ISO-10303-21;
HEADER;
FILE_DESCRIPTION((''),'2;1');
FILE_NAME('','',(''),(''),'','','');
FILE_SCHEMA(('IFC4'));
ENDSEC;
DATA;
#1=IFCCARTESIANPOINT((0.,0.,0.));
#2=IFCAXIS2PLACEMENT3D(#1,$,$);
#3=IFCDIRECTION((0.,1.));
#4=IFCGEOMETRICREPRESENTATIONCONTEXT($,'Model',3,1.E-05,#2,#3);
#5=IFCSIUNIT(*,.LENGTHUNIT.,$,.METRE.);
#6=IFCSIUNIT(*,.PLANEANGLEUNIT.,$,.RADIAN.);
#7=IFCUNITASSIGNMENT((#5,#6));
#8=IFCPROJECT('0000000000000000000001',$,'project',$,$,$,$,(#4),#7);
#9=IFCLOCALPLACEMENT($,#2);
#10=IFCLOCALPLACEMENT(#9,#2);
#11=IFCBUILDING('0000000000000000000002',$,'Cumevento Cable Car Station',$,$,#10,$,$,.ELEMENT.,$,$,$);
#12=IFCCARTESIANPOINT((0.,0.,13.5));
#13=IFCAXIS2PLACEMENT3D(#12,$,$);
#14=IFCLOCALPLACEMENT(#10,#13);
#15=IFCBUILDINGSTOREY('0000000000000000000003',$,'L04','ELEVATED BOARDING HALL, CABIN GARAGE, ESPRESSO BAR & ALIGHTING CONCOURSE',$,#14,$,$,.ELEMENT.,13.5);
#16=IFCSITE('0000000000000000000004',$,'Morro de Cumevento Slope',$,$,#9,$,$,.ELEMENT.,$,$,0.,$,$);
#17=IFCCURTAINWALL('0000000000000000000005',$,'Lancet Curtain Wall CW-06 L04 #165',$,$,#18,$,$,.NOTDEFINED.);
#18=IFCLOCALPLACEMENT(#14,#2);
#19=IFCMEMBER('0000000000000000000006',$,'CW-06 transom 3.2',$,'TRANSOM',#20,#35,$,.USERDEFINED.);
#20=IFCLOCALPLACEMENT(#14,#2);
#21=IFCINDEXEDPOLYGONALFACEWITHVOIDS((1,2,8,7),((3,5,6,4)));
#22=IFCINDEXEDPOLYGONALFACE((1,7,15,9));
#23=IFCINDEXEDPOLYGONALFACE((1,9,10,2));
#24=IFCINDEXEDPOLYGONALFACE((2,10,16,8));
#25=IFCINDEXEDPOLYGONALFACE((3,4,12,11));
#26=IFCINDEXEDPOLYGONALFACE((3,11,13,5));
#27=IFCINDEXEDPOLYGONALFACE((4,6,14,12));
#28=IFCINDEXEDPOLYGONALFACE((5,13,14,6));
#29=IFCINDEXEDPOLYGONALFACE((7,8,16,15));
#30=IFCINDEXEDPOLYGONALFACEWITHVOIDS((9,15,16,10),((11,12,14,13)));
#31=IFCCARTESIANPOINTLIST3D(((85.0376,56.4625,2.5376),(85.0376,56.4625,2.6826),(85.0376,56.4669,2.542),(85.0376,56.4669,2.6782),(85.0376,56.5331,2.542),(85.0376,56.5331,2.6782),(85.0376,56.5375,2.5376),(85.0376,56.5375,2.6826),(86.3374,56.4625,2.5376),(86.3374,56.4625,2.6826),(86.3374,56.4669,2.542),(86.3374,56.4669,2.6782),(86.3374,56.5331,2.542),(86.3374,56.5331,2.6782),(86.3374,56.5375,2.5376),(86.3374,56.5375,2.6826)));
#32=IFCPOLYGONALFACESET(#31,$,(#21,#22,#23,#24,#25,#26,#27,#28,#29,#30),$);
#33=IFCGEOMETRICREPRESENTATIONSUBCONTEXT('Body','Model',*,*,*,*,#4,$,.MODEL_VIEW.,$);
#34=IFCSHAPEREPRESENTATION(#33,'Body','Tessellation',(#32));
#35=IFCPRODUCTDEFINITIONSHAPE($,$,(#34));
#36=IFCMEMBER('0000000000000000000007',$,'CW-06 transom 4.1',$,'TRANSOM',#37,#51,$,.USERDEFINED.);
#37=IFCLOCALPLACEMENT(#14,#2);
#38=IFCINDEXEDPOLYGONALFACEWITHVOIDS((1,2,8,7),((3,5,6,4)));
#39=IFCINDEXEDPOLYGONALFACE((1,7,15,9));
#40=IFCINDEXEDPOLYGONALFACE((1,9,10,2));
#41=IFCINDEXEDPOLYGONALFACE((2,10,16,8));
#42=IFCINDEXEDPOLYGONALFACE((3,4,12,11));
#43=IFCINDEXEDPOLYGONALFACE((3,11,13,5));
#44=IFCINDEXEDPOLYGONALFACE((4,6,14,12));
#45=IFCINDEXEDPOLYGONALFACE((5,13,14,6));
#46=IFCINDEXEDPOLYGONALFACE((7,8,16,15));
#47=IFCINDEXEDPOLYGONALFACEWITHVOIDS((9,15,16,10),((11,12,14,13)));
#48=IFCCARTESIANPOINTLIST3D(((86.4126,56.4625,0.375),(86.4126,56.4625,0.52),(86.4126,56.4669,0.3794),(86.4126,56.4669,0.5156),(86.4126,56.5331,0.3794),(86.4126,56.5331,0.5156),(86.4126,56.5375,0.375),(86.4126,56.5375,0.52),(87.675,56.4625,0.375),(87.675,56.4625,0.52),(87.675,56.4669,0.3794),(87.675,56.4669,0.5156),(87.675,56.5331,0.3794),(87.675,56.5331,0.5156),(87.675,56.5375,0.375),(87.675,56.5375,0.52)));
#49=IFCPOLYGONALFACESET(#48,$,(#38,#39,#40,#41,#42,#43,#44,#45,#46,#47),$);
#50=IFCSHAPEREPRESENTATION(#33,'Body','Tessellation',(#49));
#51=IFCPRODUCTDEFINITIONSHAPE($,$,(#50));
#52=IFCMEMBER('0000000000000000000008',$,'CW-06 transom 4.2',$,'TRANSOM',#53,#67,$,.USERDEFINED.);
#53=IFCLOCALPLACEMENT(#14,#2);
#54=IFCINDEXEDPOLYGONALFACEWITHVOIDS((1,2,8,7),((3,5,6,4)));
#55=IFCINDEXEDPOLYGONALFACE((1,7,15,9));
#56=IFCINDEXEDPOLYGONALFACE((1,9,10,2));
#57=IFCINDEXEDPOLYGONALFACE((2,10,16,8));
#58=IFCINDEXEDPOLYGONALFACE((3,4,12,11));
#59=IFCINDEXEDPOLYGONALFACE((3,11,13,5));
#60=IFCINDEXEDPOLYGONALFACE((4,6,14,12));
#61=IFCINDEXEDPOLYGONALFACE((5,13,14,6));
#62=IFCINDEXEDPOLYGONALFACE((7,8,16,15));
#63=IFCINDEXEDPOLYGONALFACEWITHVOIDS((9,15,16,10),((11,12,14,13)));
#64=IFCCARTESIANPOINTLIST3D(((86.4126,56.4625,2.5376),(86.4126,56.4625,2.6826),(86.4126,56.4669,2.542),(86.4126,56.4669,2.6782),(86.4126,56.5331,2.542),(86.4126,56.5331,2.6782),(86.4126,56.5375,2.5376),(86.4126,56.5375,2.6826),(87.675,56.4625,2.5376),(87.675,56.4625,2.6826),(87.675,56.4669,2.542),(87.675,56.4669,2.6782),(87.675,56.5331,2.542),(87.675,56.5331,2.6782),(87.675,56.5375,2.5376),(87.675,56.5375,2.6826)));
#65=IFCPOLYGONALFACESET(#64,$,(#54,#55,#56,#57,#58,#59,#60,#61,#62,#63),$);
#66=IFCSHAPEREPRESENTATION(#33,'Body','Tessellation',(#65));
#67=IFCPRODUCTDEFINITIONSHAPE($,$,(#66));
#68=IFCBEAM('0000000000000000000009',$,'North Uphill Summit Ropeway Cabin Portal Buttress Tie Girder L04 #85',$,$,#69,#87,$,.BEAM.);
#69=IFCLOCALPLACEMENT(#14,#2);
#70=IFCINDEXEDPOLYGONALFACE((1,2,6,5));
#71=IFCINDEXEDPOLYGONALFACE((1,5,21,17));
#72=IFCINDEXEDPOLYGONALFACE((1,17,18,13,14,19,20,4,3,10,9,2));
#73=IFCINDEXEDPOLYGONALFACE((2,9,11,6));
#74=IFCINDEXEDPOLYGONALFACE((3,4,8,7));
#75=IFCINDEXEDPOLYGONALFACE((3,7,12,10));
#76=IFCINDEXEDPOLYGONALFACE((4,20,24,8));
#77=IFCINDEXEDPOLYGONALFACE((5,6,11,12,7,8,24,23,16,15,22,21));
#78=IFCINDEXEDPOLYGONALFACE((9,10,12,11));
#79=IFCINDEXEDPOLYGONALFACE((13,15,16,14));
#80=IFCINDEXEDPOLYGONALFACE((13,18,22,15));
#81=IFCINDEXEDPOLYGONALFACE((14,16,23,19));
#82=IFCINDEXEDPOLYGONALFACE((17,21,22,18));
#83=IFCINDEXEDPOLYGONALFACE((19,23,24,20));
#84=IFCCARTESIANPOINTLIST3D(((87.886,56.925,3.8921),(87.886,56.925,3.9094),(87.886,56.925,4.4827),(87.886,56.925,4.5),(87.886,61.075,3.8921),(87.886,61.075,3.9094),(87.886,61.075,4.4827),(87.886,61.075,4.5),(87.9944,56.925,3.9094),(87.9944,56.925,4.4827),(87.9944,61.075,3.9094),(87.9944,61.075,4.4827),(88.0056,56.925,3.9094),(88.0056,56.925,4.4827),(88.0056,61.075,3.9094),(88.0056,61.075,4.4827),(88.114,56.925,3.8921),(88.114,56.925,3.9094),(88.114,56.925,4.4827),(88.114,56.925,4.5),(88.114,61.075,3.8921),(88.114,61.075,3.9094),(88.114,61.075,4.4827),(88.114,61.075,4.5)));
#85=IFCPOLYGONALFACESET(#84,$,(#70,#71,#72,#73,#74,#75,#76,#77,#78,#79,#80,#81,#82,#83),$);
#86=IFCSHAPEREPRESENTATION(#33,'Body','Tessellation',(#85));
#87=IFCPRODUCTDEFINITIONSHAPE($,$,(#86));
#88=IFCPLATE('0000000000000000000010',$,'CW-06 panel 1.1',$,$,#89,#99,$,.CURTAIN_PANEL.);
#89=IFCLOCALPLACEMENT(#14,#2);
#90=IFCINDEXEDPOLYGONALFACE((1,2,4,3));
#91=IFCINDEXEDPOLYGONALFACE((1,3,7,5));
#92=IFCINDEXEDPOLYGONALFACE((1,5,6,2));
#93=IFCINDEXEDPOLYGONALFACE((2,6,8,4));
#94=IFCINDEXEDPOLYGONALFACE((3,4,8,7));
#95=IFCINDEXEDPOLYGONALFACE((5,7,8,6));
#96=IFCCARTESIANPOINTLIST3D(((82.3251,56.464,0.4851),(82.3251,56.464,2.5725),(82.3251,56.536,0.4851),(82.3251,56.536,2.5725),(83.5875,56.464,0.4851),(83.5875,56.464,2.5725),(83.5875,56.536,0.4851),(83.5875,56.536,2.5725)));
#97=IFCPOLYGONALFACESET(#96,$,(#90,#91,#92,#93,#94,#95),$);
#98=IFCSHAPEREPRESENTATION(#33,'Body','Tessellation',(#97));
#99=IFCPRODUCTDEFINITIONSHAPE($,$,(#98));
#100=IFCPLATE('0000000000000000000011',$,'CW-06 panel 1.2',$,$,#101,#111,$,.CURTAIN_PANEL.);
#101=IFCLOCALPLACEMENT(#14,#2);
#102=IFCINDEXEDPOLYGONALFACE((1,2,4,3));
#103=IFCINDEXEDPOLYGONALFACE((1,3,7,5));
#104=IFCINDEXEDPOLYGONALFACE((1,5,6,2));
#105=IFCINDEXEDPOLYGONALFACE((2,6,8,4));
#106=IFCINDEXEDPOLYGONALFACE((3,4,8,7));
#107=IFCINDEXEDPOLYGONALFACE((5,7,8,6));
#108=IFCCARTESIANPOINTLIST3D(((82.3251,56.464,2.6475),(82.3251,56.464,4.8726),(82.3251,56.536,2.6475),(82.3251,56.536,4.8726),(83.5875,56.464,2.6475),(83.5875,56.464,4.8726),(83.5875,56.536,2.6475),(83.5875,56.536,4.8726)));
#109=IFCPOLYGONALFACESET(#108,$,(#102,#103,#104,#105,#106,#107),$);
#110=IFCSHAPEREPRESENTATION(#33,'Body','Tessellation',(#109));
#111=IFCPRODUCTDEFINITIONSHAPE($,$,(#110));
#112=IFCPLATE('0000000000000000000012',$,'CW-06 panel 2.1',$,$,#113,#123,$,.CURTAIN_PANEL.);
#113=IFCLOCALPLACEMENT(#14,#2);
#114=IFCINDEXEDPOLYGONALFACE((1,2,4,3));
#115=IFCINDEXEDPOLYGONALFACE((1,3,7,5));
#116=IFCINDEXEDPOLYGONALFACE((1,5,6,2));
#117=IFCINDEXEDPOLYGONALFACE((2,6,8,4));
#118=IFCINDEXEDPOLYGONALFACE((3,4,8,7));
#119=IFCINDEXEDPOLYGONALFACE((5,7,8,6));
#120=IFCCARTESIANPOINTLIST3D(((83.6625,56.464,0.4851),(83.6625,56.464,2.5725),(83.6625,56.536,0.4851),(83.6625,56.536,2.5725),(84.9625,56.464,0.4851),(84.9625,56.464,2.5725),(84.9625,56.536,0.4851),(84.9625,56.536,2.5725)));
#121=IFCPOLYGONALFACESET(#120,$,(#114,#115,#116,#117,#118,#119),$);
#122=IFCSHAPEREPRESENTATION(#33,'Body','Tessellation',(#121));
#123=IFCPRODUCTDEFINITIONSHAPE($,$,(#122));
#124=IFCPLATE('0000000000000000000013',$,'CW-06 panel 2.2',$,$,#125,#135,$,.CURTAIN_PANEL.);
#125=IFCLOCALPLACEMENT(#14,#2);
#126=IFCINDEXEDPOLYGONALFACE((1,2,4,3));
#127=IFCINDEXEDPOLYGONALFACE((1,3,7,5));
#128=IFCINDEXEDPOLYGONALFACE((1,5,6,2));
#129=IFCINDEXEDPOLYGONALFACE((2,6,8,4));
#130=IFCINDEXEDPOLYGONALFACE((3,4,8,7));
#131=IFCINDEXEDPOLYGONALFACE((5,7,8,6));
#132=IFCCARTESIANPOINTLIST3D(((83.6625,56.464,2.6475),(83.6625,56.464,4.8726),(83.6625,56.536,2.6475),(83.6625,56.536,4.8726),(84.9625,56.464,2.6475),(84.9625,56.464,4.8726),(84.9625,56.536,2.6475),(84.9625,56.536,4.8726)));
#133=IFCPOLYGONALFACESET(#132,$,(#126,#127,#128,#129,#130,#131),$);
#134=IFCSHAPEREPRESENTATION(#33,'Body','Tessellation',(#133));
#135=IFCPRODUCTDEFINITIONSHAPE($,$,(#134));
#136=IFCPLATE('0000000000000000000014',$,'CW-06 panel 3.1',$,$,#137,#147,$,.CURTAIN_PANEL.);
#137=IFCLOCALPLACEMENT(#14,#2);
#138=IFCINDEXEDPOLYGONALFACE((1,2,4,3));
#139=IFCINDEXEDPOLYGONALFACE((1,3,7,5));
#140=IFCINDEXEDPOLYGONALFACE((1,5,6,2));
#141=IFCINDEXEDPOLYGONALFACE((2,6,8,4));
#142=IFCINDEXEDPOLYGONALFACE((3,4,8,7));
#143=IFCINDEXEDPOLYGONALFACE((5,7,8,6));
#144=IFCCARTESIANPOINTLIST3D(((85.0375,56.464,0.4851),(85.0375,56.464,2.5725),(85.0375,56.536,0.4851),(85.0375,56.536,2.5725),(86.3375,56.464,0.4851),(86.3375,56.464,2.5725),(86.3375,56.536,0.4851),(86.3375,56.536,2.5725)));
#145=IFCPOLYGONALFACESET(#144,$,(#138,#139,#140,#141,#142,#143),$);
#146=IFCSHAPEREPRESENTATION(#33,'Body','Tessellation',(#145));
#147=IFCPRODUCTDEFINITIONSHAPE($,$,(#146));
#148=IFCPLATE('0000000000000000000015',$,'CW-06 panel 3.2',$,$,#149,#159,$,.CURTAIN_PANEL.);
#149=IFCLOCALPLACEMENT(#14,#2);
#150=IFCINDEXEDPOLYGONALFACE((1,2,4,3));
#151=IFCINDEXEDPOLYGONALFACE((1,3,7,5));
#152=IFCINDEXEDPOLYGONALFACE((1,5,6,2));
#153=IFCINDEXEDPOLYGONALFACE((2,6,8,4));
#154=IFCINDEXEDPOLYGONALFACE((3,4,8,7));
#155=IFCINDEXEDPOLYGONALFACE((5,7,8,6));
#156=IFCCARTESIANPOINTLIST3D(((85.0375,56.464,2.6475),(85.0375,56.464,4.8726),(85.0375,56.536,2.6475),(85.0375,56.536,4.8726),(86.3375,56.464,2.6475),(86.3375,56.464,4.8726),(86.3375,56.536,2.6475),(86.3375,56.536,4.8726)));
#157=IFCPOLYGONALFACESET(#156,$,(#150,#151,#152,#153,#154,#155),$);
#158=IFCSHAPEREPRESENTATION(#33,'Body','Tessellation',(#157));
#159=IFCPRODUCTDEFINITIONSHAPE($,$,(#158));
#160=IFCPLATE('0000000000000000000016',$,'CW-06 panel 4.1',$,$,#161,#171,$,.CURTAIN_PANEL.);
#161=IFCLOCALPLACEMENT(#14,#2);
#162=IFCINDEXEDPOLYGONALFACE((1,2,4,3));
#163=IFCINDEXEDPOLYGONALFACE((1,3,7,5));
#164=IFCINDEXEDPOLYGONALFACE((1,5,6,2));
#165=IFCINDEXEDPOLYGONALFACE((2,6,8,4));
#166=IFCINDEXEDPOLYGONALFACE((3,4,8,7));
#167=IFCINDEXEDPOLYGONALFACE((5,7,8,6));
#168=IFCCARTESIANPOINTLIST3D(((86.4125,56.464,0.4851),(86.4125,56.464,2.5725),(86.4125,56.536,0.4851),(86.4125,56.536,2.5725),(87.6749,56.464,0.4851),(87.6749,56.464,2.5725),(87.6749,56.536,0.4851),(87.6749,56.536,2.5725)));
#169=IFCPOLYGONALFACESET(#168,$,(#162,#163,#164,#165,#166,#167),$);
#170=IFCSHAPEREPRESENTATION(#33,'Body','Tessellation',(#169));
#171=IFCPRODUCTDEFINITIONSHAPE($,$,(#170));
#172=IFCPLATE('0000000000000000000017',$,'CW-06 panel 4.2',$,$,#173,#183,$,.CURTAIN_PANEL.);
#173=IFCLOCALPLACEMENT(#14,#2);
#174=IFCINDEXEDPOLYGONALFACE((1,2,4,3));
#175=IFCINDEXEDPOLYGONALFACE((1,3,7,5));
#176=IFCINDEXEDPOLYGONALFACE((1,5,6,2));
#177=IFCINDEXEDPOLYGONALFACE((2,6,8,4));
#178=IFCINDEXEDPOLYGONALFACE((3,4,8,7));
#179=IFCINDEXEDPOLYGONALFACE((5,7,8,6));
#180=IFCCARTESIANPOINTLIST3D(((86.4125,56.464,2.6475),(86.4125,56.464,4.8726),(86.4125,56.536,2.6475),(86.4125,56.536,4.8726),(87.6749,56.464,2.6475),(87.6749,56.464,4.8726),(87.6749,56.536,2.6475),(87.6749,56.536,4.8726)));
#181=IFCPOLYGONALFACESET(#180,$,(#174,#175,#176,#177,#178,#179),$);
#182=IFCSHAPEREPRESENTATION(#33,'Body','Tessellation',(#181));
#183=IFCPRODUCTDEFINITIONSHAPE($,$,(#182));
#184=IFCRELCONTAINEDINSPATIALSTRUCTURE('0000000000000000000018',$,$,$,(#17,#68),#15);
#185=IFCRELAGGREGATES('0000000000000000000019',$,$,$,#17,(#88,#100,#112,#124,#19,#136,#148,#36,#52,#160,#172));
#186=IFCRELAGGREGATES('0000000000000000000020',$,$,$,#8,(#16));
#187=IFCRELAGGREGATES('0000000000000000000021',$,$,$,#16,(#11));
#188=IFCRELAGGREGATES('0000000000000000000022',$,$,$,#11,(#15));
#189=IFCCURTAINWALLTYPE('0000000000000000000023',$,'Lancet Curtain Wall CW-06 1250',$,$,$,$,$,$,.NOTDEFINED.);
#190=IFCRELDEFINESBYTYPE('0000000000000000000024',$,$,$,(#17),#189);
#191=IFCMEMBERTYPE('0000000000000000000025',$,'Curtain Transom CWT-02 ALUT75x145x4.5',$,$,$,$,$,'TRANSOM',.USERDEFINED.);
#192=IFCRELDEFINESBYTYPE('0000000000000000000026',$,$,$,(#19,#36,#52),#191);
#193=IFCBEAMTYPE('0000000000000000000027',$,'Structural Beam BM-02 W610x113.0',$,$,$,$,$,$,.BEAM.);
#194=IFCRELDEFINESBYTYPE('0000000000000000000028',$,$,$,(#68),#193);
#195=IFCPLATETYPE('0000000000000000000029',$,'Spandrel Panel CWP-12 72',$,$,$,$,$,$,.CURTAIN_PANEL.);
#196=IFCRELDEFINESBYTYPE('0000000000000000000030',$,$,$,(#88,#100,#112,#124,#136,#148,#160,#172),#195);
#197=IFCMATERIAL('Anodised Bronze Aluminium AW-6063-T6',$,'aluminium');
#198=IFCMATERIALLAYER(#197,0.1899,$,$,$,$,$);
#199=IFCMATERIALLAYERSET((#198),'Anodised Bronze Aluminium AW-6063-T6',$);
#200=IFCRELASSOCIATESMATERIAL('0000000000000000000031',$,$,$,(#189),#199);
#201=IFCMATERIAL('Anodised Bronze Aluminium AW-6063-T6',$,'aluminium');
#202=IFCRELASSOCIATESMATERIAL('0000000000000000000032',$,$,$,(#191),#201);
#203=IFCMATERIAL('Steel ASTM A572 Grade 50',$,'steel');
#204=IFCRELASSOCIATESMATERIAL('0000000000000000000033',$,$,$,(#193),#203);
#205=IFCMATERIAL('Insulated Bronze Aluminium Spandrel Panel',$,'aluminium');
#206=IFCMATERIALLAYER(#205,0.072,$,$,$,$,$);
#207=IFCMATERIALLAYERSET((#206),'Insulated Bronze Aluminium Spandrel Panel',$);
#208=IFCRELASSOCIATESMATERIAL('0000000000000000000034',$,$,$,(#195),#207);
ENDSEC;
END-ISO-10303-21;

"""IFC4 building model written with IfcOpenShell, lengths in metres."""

from ifc_helpers import new_model, si_unit, direction, frame, origin, origin_2d, place, context, subcontext, project, spatial, rectangle, hollow_rectangle, i_section, extrude, material, layer, layer_set, material_profile, profile_set, type_object, element, aggregate, save


model = new_model("IFC4")

# Units and contexts
model_context = context("Model", 3, precision=1e-05, world=origin(), true_north=direction((0.0, 1.0)))
body_context = subcontext(model_context, "Body", "Model", "MODEL_VIEW")
ifc_project = project(units=[si_unit("LENGTHUNIT", "METRE"), si_unit("PLANEANGLEUNIT", "RADIAN")], contexts=[model_context])

# Site, building, storey
site_placement = place(None, origin())
site = spatial("IfcSite", under=ifc_project, at=site_placement, Name="Morro de Cumevento Slope", CompositionType="ELEMENT", RefElevation=0.0)
building_placement = place(site_placement, origin())
building = spatial("IfcBuilding", under=site, at=building_placement, Name="Cumevento Cable Car Station", CompositionType="ELEMENT")
storey_placement = place(building_placement, frame((0.0, 0.0, 13.5)))
storey = spatial("IfcBuildingStorey", under=building, at=storey_placement, Name="L04", Description="ELEVATED BOARDING HALL, CABIN GARAGE, ESPRESSO BAR & ALIGHTING CONCOURSE", CompositionType="ELEMENT", Elevation=13.5)

# Curtain wall, members
ifc_material_1 = material(Name="Anodised Bronze Aluminium AW-6063-T6", Category="aluminium")
ifc_layer_1 = layer(ifc_material_1, 0.1899)
ifc_layer_set_1 = layer_set([ifc_layer_1], Name="Anodised Bronze Aluminium AW-6063-T6")
curtain_wall_type = type_object("IfcCurtainWallType", Name="Lancet Curtain Wall CW-06 1250", PredefinedType="NOTDEFINED", material=ifc_layer_set_1)
curtain_wall_placement = place(storey_placement, origin())
curtain_wall = element("IfcCurtainWall", 1, at=curtain_wall_placement, inside=storey, type_object=curtain_wall_type, Name="Lancet Curtain Wall CW-06 L04 #165", PredefinedType="NOTDEFINED")
ifc_material_2 = material(Name="Anodised Bronze Aluminium AW-6063-T6", Category="aluminium")
ifc_material_profile_1 = material_profile(ifc_material_2, hollow_rectangle(XDim=0.075, YDim=0.145, WallThickness=0.0044, at=origin_2d()), Name="ALUT75x145x4.5")
ifc_profile_set_1 = profile_set([ifc_material_profile_1], Name="Anodised Bronze Aluminium AW-6063-T6")
member_type_1 = type_object("IfcMemberType", Name="Curtain Transom CWT-02 ALUT75x145x4.5", ElementType="TRANSOM", PredefinedType="USERDEFINED", material=ifc_profile_set_1)
member_1_placement = place(storey_placement, frame((85.0376, 56.5, 2.6101), z_axis=(1.0, 0.0, 0.0), x_axis=(0.0, 1.0, 0.0)))
member_1 = element("IfcMember", 2, at=member_1_placement, type_object=member_type_1, Name="CW-06 transom 3.2", ObjectType="TRANSOM", PredefinedType="USERDEFINED", context=body_context, shape_type="SweptSolid", body=[
    extrude(hollow_rectangle(XDim=0.075, YDim=0.145, WallThickness=0.0044, at=origin_2d()), origin(), (0.0, 0.0, 1.0), 1.2998),
])
member_2_placement = place(storey_placement, frame((86.4126, 56.5, 0.4475), z_axis=(1.0, 0.0, 0.0), x_axis=(0.0, 1.0, 0.0)))
member_2 = element("IfcMember", 3, at=member_2_placement, type_object=member_type_1, Name="CW-06 transom 4.1", ObjectType="TRANSOM", PredefinedType="USERDEFINED", context=body_context, shape_type="SweptSolid", body=[
    extrude(hollow_rectangle(XDim=0.075, YDim=0.145, WallThickness=0.0044, at=origin_2d()), origin(), (0.0, 0.0, 1.0), 1.2625),
])
member_3_placement = place(storey_placement, frame((86.4126, 56.5, 2.6101), z_axis=(1.0, 0.0, 0.0), x_axis=(0.0, 1.0, 0.0)))
member_3 = element("IfcMember", 4, at=member_3_placement, type_object=member_type_1, Name="CW-06 transom 4.2", ObjectType="TRANSOM", PredefinedType="USERDEFINED", context=body_context, shape_type="SweptSolid", body=[
    extrude(hollow_rectangle(XDim=0.075, YDim=0.145, WallThickness=0.0044, at=origin_2d()), origin(), (0.0, 0.0, 1.0), 1.2625),
])

# Beam
ifc_material_3 = material(Name="Steel ASTM A572 Grade 50", Category="steel")
ifc_material_profile_2 = material_profile(ifc_material_3, i_section(OverallWidth=0.228, OverallDepth=0.6079, WebThickness=0.0112, FlangeThickness=0.0173, at=origin_2d()), Name="W610x113.0")
ifc_profile_set_2 = profile_set([ifc_material_profile_2], Name="Steel ASTM A572 Grade 50")
beam_type = type_object("IfcBeamType", Name="Structural Beam BM-02 W610x113.0", PredefinedType="BEAM", material=ifc_profile_set_2)
beam_placement = place(storey_placement, frame((88.0, 56.925, 4.196), z_axis=(0.0, 1.0, 0.0), x_axis=(-1.0, 0.0, 0.0)))
element("IfcBeam", 5, at=beam_placement, inside=storey, type_object=beam_type, Name="North Uphill Summit Ropeway Cabin Portal Buttress Tie Girder L04 #85", PredefinedType="BEAM", context=body_context, shape_type="SweptSolid", body=[
    extrude(i_section(OverallWidth=0.228, OverallDepth=0.6079, WebThickness=0.0112, FlangeThickness=0.0173, at=origin_2d()), origin(), (0.0, 0.0, 1.0), 4.1499),
])

# Plates
ifc_material_4 = material(Name="Insulated Bronze Aluminium Spandrel Panel", Category="aluminium")
ifc_layer_2 = layer(ifc_material_4, 0.072)
ifc_layer_set_2 = layer_set([ifc_layer_2], Name="Insulated Bronze Aluminium Spandrel Panel")
plate_type = type_object("IfcPlateType", Name="Spandrel Panel CWP-12 72", PredefinedType="CURTAIN_PANEL", material=ifc_layer_set_2)
plate_1_placement = place(storey_placement, frame((82.9563, 56.5, 0.4851), z_axis=(0.0, 0.0, 1.0), x_axis=(1.0, 0.0, 0.0)))
plate_1 = element("IfcPlate", 6, at=plate_1_placement, type_object=plate_type, Name="CW-06 panel 1.1", PredefinedType="CURTAIN_PANEL", context=body_context, shape_type="SweptSolid", body=[
    extrude(rectangle(XDim=1.2625, YDim=0.072, at=origin_2d()), origin(), (0.0, 0.0, 1.0), 2.0874),
])
plate_2_placement = place(storey_placement, frame((82.9563, 56.5, 2.6475), z_axis=(0.0, 0.0, 1.0), x_axis=(1.0, 0.0, 0.0)))
plate_2 = element("IfcPlate", 7, at=plate_2_placement, type_object=plate_type, Name="CW-06 panel 1.2", PredefinedType="CURTAIN_PANEL", context=body_context, shape_type="SweptSolid", body=[
    extrude(rectangle(XDim=1.2625, YDim=0.072, at=origin_2d()), origin(), (0.0, 0.0, 1.0), 2.2251),
])
plate_3_placement = place(storey_placement, frame((84.3125, 56.5, 0.4851), z_axis=(0.0, 0.0, 1.0), x_axis=(1.0, 0.0, 0.0)))
plate_3 = element("IfcPlate", 8, at=plate_3_placement, type_object=plate_type, Name="CW-06 panel 2.1", PredefinedType="CURTAIN_PANEL", context=body_context, shape_type="SweptSolid", body=[
    extrude(rectangle(XDim=1.3, YDim=0.072, at=origin_2d()), origin(), (0.0, 0.0, 1.0), 2.0874),
])
plate_4_placement = place(storey_placement, frame((84.3125, 56.5, 2.6475), z_axis=(0.0, 0.0, 1.0), x_axis=(1.0, 0.0, 0.0)))
plate_4 = element("IfcPlate", 9, at=plate_4_placement, type_object=plate_type, Name="CW-06 panel 2.2", PredefinedType="CURTAIN_PANEL", context=body_context, shape_type="SweptSolid", body=[
    extrude(rectangle(XDim=1.3, YDim=0.072, at=origin_2d()), origin(), (0.0, 0.0, 1.0), 2.2251),
])
plate_5_placement = place(storey_placement, frame((85.6875, 56.5, 0.4851), z_axis=(0.0, 0.0, 1.0), x_axis=(1.0, 0.0, 0.0)))
plate_5 = element("IfcPlate", 10, at=plate_5_placement, type_object=plate_type, Name="CW-06 panel 3.1", PredefinedType="CURTAIN_PANEL", context=body_context, shape_type="SweptSolid", body=[
    extrude(rectangle(XDim=1.3, YDim=0.072, at=origin_2d()), origin(), (0.0, 0.0, 1.0), 2.0874),
])
plate_6_placement = place(storey_placement, frame((85.6875, 56.5, 2.6475), z_axis=(0.0, 0.0, 1.0), x_axis=(1.0, 0.0, 0.0)))
plate_6 = element("IfcPlate", 11, at=plate_6_placement, type_object=plate_type, Name="CW-06 panel 3.2", PredefinedType="CURTAIN_PANEL", context=body_context, shape_type="SweptSolid", body=[
    extrude(rectangle(XDim=1.3, YDim=0.072, at=origin_2d()), origin(), (0.0, 0.0, 1.0), 2.2251),
])
plate_7_placement = place(storey_placement, frame((87.0437, 56.5, 0.4851), z_axis=(0.0, 0.0, 1.0), x_axis=(1.0, 0.0, 0.0)))
plate_7 = element("IfcPlate", 12, at=plate_7_placement, type_object=plate_type, Name="CW-06 panel 4.1", PredefinedType="CURTAIN_PANEL", context=body_context, shape_type="SweptSolid", body=[
    extrude(rectangle(XDim=1.2625, YDim=0.072, at=origin_2d()), origin(), (0.0, 0.0, 1.0), 2.0874),
])
plate_8_placement = place(storey_placement, frame((87.0437, 56.5, 2.6475), z_axis=(0.0, 0.0, 1.0), x_axis=(1.0, 0.0, 0.0)))
plate_8 = element("IfcPlate", 13, at=plate_8_placement, type_object=plate_type, Name="CW-06 panel 4.2", PredefinedType="CURTAIN_PANEL", context=body_context, shape_type="SweptSolid", body=[
    extrude(rectangle(XDim=1.2625, YDim=0.072, at=origin_2d()), origin(), (0.0, 0.0, 1.0), 2.2251),
])
aggregate(curtain_wall, [plate_1, plate_2, plate_3, plate_4, member_1, plate_5, plate_6, member_2, member_3, plate_7, plate_8])

save(model, "model.ifc")
